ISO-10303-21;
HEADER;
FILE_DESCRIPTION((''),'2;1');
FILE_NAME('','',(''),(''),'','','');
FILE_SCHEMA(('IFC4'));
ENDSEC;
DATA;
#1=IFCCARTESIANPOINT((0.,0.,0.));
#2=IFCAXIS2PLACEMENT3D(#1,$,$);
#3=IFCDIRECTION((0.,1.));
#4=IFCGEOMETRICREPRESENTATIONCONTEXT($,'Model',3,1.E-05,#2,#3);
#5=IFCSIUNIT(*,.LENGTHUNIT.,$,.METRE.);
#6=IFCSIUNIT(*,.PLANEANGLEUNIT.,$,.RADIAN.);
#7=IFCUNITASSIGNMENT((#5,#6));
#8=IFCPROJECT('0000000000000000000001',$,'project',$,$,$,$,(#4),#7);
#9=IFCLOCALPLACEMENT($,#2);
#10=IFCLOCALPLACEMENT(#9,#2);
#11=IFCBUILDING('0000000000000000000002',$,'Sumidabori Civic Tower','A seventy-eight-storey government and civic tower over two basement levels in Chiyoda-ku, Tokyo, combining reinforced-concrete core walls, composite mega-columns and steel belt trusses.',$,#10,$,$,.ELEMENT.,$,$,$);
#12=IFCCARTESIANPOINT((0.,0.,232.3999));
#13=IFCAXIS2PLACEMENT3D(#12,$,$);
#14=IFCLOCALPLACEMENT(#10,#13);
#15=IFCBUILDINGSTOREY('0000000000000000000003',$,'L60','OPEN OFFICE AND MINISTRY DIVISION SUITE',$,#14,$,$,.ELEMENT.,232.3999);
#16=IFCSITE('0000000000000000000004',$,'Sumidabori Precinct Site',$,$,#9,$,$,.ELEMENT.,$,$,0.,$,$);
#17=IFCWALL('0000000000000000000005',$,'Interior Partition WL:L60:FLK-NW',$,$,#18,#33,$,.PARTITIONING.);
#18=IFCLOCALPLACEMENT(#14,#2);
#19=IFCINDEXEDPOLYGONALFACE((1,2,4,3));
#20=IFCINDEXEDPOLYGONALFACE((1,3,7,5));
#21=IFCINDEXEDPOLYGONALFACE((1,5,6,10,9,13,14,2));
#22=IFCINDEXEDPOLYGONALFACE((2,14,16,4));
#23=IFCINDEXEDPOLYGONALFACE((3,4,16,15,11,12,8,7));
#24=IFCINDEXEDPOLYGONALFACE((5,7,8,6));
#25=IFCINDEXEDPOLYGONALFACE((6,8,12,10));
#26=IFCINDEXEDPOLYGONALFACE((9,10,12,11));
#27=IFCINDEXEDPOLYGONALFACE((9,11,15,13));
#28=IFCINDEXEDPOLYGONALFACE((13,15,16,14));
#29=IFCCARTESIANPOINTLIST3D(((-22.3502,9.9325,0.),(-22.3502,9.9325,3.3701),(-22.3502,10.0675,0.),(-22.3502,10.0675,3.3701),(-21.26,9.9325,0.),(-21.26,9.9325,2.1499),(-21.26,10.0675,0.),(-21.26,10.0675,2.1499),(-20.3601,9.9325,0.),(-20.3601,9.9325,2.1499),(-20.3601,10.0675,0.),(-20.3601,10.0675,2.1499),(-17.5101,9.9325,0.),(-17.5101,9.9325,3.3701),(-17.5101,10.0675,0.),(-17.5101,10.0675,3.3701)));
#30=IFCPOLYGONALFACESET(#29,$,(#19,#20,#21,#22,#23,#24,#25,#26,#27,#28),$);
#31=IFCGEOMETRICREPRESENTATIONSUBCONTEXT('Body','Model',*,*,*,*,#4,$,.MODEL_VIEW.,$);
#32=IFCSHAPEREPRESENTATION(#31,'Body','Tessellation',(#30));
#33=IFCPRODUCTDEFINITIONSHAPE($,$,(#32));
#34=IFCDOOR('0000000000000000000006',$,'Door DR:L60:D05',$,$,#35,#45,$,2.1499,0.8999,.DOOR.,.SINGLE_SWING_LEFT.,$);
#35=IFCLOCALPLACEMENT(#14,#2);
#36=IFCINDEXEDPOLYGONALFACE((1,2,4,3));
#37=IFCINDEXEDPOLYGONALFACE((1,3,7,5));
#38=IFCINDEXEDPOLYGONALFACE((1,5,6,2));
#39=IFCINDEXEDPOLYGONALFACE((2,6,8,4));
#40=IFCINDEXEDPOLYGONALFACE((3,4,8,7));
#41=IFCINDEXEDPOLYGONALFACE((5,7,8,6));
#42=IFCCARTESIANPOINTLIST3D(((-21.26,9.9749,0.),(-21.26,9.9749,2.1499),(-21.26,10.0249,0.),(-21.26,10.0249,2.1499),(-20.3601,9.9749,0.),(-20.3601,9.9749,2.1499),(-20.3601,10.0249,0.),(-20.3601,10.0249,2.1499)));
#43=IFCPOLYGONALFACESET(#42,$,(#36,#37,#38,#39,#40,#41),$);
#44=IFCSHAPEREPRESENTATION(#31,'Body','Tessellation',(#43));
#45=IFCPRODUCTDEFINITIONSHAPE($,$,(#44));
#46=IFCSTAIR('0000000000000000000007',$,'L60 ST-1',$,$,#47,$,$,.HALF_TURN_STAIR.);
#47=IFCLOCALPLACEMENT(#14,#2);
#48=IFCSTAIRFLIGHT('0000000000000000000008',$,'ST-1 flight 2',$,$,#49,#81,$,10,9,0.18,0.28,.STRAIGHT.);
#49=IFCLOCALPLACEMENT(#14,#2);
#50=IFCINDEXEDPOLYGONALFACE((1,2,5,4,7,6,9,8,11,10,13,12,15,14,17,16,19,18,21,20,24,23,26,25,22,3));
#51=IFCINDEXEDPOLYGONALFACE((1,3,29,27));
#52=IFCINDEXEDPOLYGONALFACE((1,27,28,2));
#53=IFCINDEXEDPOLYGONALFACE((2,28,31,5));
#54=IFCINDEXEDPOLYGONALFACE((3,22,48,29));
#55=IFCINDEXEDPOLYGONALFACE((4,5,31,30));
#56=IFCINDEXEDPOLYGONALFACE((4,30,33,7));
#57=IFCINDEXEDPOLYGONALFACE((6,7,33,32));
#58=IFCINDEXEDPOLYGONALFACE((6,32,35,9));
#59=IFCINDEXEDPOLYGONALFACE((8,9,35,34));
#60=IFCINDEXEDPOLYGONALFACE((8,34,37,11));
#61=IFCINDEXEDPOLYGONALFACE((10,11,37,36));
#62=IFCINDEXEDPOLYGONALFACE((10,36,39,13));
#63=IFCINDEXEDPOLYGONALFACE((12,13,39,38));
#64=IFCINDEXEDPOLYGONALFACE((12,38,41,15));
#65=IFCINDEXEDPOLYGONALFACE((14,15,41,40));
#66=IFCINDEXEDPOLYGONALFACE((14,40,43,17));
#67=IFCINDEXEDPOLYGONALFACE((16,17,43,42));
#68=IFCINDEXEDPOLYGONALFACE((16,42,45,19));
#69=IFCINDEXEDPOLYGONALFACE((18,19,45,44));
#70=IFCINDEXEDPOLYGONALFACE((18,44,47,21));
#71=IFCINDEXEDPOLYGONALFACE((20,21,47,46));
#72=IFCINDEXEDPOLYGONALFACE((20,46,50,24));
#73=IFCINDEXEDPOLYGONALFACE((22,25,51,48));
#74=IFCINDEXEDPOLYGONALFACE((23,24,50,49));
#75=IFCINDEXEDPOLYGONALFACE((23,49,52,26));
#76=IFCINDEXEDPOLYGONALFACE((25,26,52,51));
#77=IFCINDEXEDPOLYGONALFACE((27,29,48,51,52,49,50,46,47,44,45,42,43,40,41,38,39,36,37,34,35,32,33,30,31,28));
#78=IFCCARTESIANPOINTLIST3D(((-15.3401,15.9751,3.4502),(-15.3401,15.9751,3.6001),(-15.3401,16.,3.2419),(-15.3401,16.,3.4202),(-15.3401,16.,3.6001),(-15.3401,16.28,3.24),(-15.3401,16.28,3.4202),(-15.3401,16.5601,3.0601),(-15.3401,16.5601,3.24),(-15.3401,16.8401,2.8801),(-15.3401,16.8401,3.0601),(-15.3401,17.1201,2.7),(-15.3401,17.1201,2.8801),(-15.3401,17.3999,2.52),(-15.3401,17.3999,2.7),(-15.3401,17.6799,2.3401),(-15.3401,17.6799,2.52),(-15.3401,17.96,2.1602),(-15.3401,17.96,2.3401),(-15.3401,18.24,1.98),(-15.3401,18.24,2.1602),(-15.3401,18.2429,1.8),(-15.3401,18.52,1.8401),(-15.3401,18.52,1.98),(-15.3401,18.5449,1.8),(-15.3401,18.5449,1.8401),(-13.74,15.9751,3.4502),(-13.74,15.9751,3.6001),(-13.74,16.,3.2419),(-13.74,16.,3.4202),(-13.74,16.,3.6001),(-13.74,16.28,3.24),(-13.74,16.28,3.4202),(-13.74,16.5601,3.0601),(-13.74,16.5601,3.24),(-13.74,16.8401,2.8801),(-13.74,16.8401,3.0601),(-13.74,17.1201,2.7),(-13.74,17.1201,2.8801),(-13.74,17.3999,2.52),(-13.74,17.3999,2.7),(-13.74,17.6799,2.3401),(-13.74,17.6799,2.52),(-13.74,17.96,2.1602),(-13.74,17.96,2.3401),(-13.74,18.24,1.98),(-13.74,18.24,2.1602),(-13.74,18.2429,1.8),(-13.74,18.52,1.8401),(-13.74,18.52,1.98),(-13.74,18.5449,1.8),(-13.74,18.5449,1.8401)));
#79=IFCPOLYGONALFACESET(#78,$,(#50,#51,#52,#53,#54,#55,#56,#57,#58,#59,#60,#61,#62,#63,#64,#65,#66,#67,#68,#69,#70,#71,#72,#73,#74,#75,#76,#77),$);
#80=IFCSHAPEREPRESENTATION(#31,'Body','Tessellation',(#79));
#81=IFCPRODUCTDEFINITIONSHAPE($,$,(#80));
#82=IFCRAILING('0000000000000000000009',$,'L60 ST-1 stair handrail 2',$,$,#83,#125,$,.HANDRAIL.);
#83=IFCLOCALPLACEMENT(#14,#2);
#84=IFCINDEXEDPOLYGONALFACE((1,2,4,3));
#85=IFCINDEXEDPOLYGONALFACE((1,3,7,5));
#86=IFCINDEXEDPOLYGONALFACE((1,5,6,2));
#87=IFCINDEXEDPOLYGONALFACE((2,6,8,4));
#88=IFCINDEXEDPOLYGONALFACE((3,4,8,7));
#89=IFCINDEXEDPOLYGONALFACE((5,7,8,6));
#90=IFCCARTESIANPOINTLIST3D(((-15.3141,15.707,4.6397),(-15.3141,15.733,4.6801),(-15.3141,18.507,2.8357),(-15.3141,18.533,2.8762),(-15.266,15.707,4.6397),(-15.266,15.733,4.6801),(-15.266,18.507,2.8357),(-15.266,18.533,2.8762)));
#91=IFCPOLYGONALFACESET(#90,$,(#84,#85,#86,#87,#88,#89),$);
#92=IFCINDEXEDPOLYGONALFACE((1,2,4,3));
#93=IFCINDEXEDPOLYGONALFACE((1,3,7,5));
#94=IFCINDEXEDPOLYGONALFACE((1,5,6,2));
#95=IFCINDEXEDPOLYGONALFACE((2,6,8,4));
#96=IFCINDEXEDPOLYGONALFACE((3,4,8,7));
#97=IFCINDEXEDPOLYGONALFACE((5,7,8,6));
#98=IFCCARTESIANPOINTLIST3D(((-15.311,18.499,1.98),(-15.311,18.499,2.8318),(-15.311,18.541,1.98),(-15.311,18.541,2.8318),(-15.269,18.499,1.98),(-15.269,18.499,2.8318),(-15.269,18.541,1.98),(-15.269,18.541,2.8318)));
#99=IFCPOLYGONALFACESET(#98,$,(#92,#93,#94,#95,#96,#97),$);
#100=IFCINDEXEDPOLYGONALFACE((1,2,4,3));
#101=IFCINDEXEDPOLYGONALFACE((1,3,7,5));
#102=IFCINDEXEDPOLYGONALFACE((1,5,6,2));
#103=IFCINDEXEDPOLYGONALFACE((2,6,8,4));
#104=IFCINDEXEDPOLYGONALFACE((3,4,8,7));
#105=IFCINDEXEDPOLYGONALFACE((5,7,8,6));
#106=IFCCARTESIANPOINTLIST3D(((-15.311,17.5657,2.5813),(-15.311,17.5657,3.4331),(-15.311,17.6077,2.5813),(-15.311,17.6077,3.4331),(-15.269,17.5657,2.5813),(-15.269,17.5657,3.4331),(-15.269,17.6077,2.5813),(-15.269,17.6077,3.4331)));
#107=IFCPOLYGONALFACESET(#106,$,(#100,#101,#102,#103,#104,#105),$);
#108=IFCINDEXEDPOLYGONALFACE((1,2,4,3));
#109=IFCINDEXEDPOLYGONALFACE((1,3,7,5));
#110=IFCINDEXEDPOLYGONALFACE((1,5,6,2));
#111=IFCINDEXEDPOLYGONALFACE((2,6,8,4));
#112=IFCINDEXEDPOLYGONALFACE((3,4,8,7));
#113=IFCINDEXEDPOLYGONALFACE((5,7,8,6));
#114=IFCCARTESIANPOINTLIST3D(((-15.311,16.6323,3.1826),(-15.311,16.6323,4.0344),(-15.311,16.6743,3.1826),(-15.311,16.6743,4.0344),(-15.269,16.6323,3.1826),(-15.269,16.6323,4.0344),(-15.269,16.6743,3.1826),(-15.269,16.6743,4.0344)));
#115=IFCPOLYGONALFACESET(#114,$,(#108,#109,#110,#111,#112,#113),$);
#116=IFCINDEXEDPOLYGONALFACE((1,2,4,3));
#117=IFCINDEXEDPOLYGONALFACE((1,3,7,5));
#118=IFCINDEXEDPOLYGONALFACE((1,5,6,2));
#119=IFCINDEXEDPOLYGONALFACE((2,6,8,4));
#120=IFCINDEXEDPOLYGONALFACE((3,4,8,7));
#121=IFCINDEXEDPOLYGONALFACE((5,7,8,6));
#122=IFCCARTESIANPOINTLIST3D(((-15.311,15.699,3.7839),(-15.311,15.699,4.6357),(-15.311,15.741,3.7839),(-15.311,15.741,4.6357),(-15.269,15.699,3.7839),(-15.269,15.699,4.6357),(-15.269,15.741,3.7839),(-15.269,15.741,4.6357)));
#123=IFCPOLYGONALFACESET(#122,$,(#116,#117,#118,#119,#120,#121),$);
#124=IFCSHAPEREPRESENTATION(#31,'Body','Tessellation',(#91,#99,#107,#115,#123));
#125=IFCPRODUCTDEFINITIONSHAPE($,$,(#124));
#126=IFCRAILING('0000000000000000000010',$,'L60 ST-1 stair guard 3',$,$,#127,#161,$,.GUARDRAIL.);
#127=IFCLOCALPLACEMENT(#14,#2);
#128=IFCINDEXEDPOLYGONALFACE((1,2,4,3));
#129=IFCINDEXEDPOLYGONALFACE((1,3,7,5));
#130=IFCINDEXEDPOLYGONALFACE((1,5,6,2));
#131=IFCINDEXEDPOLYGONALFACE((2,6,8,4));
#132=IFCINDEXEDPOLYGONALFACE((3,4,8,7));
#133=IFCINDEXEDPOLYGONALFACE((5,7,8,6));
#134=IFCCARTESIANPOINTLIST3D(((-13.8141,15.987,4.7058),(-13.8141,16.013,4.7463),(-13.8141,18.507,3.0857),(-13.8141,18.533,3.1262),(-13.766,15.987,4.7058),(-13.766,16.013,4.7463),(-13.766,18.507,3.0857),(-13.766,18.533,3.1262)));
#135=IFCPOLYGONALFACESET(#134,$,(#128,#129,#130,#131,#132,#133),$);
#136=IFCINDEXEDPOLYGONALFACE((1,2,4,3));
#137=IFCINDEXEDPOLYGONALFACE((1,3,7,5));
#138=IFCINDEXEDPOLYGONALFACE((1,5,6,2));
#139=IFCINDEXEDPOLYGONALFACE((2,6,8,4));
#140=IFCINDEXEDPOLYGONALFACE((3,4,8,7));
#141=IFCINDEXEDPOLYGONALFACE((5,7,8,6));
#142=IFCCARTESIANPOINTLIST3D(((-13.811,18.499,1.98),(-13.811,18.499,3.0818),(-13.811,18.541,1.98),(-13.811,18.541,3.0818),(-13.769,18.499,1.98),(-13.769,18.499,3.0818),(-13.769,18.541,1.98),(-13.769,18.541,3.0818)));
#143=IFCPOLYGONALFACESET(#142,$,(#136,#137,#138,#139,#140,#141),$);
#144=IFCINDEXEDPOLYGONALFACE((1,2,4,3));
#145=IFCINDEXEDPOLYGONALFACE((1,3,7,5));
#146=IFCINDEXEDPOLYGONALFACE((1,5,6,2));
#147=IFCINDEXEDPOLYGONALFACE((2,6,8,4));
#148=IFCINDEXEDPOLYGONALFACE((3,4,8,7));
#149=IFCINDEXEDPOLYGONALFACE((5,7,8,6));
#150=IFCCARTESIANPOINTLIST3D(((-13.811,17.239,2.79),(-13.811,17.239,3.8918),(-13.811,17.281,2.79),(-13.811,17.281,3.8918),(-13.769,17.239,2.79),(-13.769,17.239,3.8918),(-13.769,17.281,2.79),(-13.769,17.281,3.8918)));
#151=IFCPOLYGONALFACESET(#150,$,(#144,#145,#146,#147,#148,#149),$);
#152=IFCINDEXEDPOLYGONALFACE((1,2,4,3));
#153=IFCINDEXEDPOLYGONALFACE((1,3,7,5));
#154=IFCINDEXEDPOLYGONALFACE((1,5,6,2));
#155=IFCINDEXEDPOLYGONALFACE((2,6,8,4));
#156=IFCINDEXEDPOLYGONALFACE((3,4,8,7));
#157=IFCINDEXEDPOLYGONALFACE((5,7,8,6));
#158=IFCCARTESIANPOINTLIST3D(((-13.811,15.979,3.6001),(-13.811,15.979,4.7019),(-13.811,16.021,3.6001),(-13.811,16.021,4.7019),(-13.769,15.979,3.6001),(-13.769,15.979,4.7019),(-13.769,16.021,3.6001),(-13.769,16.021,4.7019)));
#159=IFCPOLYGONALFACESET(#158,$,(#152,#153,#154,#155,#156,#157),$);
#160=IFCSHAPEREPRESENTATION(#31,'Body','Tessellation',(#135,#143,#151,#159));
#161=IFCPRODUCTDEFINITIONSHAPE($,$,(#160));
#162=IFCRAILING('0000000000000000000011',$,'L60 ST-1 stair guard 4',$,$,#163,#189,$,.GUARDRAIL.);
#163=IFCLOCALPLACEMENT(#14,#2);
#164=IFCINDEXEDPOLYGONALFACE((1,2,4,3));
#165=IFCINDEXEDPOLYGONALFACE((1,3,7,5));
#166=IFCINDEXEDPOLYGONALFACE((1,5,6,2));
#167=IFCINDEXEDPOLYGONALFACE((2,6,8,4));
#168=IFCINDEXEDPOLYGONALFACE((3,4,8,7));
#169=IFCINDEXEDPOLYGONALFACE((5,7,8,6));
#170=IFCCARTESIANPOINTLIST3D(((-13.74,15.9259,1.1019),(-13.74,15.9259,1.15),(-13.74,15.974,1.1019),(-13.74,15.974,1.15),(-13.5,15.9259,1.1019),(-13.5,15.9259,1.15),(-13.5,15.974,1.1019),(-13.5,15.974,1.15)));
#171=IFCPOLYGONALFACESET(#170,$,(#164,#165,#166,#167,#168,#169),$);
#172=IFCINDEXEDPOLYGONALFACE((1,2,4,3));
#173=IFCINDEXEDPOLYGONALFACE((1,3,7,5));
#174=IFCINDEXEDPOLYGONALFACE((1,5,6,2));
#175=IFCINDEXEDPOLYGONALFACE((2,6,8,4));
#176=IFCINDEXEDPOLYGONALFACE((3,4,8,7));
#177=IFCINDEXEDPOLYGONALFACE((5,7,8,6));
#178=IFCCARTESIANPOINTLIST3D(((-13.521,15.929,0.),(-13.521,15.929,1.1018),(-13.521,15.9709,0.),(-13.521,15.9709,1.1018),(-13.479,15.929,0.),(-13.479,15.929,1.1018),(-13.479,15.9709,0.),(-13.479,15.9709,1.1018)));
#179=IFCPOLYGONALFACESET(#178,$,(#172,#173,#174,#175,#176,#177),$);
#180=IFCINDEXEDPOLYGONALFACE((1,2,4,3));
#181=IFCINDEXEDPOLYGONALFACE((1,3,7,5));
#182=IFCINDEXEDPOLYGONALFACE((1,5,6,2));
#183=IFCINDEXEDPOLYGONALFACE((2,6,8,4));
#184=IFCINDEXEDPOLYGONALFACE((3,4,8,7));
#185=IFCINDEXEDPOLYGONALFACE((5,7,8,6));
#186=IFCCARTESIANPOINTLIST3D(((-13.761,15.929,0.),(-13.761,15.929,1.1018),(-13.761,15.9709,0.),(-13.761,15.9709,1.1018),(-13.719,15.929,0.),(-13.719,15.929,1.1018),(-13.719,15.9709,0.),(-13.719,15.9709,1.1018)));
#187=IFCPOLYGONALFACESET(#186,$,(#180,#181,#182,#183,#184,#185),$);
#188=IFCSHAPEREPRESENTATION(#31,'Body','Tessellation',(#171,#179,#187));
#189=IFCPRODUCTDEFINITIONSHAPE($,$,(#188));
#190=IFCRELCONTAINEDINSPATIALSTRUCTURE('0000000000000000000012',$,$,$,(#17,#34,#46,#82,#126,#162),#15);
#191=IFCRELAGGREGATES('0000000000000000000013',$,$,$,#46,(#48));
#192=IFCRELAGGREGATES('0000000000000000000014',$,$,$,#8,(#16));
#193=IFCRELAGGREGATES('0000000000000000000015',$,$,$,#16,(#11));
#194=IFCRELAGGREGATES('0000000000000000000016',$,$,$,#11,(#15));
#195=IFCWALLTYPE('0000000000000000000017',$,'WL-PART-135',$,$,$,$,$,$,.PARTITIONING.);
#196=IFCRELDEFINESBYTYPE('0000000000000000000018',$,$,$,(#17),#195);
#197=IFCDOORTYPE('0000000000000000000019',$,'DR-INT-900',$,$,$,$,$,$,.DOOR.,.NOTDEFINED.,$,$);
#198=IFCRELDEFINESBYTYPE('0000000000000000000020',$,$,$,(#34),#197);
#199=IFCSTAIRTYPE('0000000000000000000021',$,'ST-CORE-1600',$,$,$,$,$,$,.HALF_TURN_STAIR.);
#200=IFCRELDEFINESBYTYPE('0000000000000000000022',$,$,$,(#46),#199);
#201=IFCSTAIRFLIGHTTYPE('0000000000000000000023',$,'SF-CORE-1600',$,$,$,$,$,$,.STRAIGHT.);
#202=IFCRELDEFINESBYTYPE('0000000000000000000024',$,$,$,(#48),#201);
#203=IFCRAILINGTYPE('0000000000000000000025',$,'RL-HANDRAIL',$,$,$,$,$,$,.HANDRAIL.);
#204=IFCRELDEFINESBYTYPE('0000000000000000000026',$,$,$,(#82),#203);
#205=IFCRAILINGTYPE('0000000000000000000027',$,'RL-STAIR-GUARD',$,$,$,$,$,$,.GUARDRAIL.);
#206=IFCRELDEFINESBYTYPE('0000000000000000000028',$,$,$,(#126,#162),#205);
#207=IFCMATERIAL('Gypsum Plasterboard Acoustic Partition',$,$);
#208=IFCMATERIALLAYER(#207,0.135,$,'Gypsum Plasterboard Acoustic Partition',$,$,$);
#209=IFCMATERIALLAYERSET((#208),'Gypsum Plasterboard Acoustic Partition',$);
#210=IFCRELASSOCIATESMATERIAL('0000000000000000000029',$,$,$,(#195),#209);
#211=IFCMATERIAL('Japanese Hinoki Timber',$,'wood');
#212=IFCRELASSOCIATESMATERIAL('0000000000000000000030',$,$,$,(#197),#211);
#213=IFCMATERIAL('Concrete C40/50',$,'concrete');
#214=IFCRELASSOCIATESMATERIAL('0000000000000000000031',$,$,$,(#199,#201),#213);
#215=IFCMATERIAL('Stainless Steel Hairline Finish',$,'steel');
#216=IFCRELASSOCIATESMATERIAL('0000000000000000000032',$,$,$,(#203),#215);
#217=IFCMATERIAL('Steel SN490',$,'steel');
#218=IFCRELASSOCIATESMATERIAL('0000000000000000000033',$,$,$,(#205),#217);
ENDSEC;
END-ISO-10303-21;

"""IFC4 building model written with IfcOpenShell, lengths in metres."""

from ifc_helpers import new_model, si_unit, direction, frame, frame_2d, origin, origin_2d, place, context, subcontext, project, spatial, polyline, rectangle, outline, extrude, source, transform, mapped, material, layer, layer_set, type_object, element, fill, aggregate, save


model = new_model("IFC4")

# Units and contexts
model_context = context("Model", 3, precision=1e-05, world=origin(), true_north=direction((0.0, 1.0)))
body_context = subcontext(model_context, "Body", "Model", "MODEL_VIEW")
ifc_project = project(units=[si_unit("LENGTHUNIT", "METRE"), si_unit("PLANEANGLEUNIT", "RADIAN")], contexts=[model_context])

# Site, building, storey
site_placement = place(None, origin())
site = spatial("IfcSite", under=ifc_project, at=site_placement, Name="Sumidabori Precinct Site", CompositionType="ELEMENT", RefElevation=0.0)
building_placement = place(site_placement, origin())
building = spatial("IfcBuilding", under=site, at=building_placement, Name="Sumidabori Civic Tower", Description="A seventy-eight-storey government and civic tower over two basement levels in Chiyoda-ku, Tokyo, combining reinforced-concrete core walls, composite mega-columns and steel belt trusses.", CompositionType="ELEMENT")
storey_placement = place(building_placement, frame((0.0, 0.0, 232.3999)))
storey = spatial("IfcBuildingStorey", under=building, at=storey_placement, Name="L60", Description="OPEN OFFICE AND MINISTRY DIVISION SUITE", CompositionType="ELEMENT", Elevation=232.3999)

# Shared definitions
ifc_material_1 = material(Name="Steel SN490", Category="steel")

# Wall, opening, door
ifc_material_2 = material(Name="Gypsum Plasterboard Acoustic Partition")
ifc_layer_1 = layer(ifc_material_2, 0.135, Name="Gypsum Plasterboard Acoustic Partition")
ifc_layer_set_1 = layer_set([ifc_layer_1], Name="Gypsum Plasterboard Acoustic Partition")
wall_type_1 = type_object("IfcWallType", Name="WL-PART-135", PredefinedType="PARTITIONING", material=ifc_layer_set_1)
shared_shape_1 = source(origin(), body_context, "Body", "SweptSolid", [
    extrude(rectangle(XDim=4.8401, YDim=0.135, at=frame_2d((2.4199, 0.0))), origin(), (0.0, 0.0, 1.0), 3.3701),
])
wall_1_placement = place(storey_placement, frame((-22.3501, 10.0, 0.0), z_axis=(0.0, 0.0, 1.0), x_axis=(1.0, 0.0, 0.0)))
wall_1 = element("IfcWall", 1, at=wall_1_placement, inside=storey, type_object=wall_type_1, Name="Interior Partition WL:L60:FLK-NW", PredefinedType="PARTITIONING", context=body_context, shape_type="MappedRepresentation", body=[
    mapped(shared_shape_1, transform((0.0, 0.0, 0.0), x_axis=(1.0, 0.0, 0.0), y_axis=(0.0, 1.0, 0.0), z_axis=(0.0, 0.0, 1.0), scale=1.0)),
])
opening_1_placement = place(wall_1_placement, frame((1.0901, 0.0, 0.0)))
opening_1 = element("IfcOpeningElement", 2, at=opening_1_placement, cuts=wall_1, PredefinedType="OPENING", context=body_context, shape_type="SweptSolid", body=[
    extrude(rectangle(XDim=0.8999, YDim=2.1499, at=frame_2d((0.45, 1.075))), frame((0.0, 0.0796, 0.0), z_axis=(0.0, -1.0, 0.0), x_axis=(1.0, 0.0, 0.0)), (0.0, 0.0, 1.0), 0.1589),
])
ifc_material_3 = material(Name="Japanese Hinoki Timber", Category="wood")
door_type_1 = type_object("IfcDoorType", Name="DR-INT-900", OperationType="NOTDEFINED", PredefinedType="DOOR", material=ifc_material_3)
shared_shape_2 = source(origin(), body_context, "Body", "SweptSolid", [
    extrude(rectangle(XDim=0.8999, YDim=2.1499, at=frame_2d((0.45, 1.075))), frame((0.0, 0.0249, 0.0), z_axis=(0.0, -1.0, 0.0), x_axis=(1.0, 0.0, 0.0)), (0.0, 0.0, 1.0), 0.05),
])
door_1_placement = place(opening_1_placement, origin())
door_1 = element("IfcDoor", 3, at=door_1_placement, inside=storey, type_object=door_type_1, Name="Door DR:L60:D05", OperationType="SINGLE_SWING_LEFT", OverallHeight=2.1499, OverallWidth=0.8999, PredefinedType="DOOR", context=body_context, shape_type="MappedRepresentation", body=[
    mapped(shared_shape_2, transform((0.0, 0.0, 0.0), x_axis=(1.0, 0.0, 0.0), y_axis=(0.0, 1.0, 0.0), z_axis=(0.0, 0.0, 1.0), scale=1.0)),
])
fill(opening_1, door_1)

# Stair, stair flight
ifc_material_4 = material(Name="Concrete C40/50", Category="concrete")
stair_type = type_object("IfcStairType", Name="ST-CORE-1600", PredefinedType="HALF_TURN_STAIR", material=ifc_material_4)
stair_placement = place(storey_placement, origin())
stair = element("IfcStair", 4, at=stair_placement, inside=storey, type_object=stair_type, Name="L60 ST-1", PredefinedType="HALF_TURN_STAIR")
stair_flight_type = type_object("IfcStairFlightType", Name="SF-CORE-1600", PredefinedType="STRAIGHT", material=ifc_material_4)
shared_shape_3 = source(origin(), body_context, "Body", "SweptSolid", [
    extrude(outline(polyline([(-0.0249, 0.0), (-0.0249, 0.04), (0.0, 0.04), (0.0, 0.1799), (0.28, 0.1799), (0.28, 0.3601), (0.5601, 0.3601), (0.5601, 0.54), (0.8401, 0.54), (0.8401, 0.72), (1.1201, 0.72), (1.1201, 0.8999), (1.3999, 0.8999), (1.3999, 1.0801), (1.6799, 1.0801), (1.6799, 1.26), (1.96, 1.26), (1.96, 1.4399), (2.24, 1.4399), (2.24, 1.6201), (2.52, 1.6201), (2.52, 1.8), (2.5449, 1.8), (2.5449, 1.6501), (2.52, 1.4419), (0.2771, 0.0), (-0.0249, 0.0)])), frame((0.0, 0.8, 0.0), z_axis=(0.0, -1.0, 0.0), x_axis=(1.0, 0.0, 0.0)), (0.0, 0.0, 1.0), 1.6001),
])
stair_flight_placement = place(storey_placement, frame((-14.54, 18.52, 1.8), z_axis=(0.0, 0.0, 1.0), x_axis=(0.0, -1.0, 0.0)))
stair_flight = element("IfcStairFlight", 5, at=stair_flight_placement, type_object=stair_flight_type, Name="ST-1 flight 2", NumberOfRisers=10, NumberOfTreads=9, PredefinedType="STRAIGHT", RiserHeight=0.18, TreadLength=0.28, context=body_context, shape_type="MappedRepresentation", body=[
    mapped(shared_shape_3, transform((0.0, 0.0, 0.0), x_axis=(1.0, 0.0, 0.0), y_axis=(0.0, 1.0, 0.0), z_axis=(0.0, 0.0, 1.0), scale=1.0)),
])
aggregate(stair, [stair_flight])

# Railings
ifc_material_5 = material(Name="Stainless Steel Hairline Finish", Category="steel")
railing_type_1 = type_object("IfcRailingType", Name="RL-HANDRAIL", PredefinedType="HANDRAIL", material=ifc_material_5)
railing_1_placement = place(storey_placement, frame((-15.29, 18.52, 1.98)))
element("IfcRailing", 6, at=railing_1_placement, inside=storey, type_object=railing_type_1, Name="L60 ST-1 stair handrail 2", PredefinedType="HANDRAIL", context=body_context, shape_type="SweptSolid", body=[
    extrude(rectangle(XDim=0.0481, YDim=0.0481, at=origin_2d()), frame((0.0, 0.0, 0.876), z_axis=(0.0, -0.840642, 0.541591), x_axis=(1.0, 0.0, 0.0)), (0.0, 0.0, 1.0), 3.3308),
    extrude(rectangle(XDim=0.042, YDim=0.042, at=origin_2d()), origin(), (0.0, 0.0, 1.0), 0.8518),
    extrude(rectangle(XDim=0.042, YDim=0.042, at=origin_2d()), frame((0.0, -0.9333, 0.6013)), (0.0, 0.0, 1.0), 0.8518),
    extrude(rectangle(XDim=0.042, YDim=0.042, at=origin_2d()), frame((0.0, -1.8667, 1.2026)), (0.0, 0.0, 1.0), 0.8518),
    extrude(rectangle(XDim=0.042, YDim=0.042, at=origin_2d()), frame((0.0, -2.8, 1.804)), (0.0, 0.0, 1.0), 0.8518),
])
railing_type_2 = type_object("IfcRailingType", Name="RL-STAIR-GUARD", PredefinedType="GUARDRAIL", material=ifc_material_1)
railing_2_placement = place(storey_placement, frame((-13.79, 18.52, 1.98)))
element("IfcRailing", 7, at=railing_2_placement, inside=storey, type_object=railing_type_2, Name="L60 ST-1 stair guard 3", PredefinedType="GUARDRAIL", context=body_context, shape_type="SweptSolid", body=[
    extrude(rectangle(XDim=0.0481, YDim=0.0481, at=origin_2d()), frame((0.0, 0.0, 1.126), z_axis=(0.0, -0.841163, 0.540782), x_axis=(1.0, 0.0, 0.0)), (0.0, 0.0, 1.0), 2.9958),
    extrude(rectangle(XDim=0.042, YDim=0.042, at=origin_2d()), origin(), (0.0, 0.0, 1.0), 1.1018),
    extrude(rectangle(XDim=0.042, YDim=0.042, at=origin_2d()), frame((0.0, -1.26, 0.8101)), (0.0, 0.0, 1.0), 1.1018),
    extrude(rectangle(XDim=0.042, YDim=0.042, at=origin_2d()), frame((0.0, -2.52, 1.6201)), (0.0, 0.0, 1.0), 1.1018),
])
railing_3_placement = place(storey_placement, frame((-13.5, 15.95, 0.0)))
element("IfcRailing", 8, at=railing_3_placement, inside=storey, type_object=railing_type_2, Name="L60 ST-1 stair guard 4", PredefinedType="GUARDRAIL", context=body_context, shape_type="SweptSolid", body=[
    extrude(rectangle(XDim=0.0481, YDim=0.0481, at=origin_2d()), frame((0.0, 0.0, 1.126), z_axis=(-1.0, 0.0, 0.0), x_axis=(0.0, -1.0, 0.0)), (0.0, 0.0, 1.0), 0.24),
    extrude(rectangle(XDim=0.042, YDim=0.042, at=origin_2d()), origin(), (0.0, 0.0, 1.0), 1.1018),
    extrude(rectangle(XDim=0.042, YDim=0.042, at=origin_2d()), frame((-0.24, 0.0, 0.0)), (0.0, 0.0, 1.0), 1.1018),
])

save(model, "model.ifc")
